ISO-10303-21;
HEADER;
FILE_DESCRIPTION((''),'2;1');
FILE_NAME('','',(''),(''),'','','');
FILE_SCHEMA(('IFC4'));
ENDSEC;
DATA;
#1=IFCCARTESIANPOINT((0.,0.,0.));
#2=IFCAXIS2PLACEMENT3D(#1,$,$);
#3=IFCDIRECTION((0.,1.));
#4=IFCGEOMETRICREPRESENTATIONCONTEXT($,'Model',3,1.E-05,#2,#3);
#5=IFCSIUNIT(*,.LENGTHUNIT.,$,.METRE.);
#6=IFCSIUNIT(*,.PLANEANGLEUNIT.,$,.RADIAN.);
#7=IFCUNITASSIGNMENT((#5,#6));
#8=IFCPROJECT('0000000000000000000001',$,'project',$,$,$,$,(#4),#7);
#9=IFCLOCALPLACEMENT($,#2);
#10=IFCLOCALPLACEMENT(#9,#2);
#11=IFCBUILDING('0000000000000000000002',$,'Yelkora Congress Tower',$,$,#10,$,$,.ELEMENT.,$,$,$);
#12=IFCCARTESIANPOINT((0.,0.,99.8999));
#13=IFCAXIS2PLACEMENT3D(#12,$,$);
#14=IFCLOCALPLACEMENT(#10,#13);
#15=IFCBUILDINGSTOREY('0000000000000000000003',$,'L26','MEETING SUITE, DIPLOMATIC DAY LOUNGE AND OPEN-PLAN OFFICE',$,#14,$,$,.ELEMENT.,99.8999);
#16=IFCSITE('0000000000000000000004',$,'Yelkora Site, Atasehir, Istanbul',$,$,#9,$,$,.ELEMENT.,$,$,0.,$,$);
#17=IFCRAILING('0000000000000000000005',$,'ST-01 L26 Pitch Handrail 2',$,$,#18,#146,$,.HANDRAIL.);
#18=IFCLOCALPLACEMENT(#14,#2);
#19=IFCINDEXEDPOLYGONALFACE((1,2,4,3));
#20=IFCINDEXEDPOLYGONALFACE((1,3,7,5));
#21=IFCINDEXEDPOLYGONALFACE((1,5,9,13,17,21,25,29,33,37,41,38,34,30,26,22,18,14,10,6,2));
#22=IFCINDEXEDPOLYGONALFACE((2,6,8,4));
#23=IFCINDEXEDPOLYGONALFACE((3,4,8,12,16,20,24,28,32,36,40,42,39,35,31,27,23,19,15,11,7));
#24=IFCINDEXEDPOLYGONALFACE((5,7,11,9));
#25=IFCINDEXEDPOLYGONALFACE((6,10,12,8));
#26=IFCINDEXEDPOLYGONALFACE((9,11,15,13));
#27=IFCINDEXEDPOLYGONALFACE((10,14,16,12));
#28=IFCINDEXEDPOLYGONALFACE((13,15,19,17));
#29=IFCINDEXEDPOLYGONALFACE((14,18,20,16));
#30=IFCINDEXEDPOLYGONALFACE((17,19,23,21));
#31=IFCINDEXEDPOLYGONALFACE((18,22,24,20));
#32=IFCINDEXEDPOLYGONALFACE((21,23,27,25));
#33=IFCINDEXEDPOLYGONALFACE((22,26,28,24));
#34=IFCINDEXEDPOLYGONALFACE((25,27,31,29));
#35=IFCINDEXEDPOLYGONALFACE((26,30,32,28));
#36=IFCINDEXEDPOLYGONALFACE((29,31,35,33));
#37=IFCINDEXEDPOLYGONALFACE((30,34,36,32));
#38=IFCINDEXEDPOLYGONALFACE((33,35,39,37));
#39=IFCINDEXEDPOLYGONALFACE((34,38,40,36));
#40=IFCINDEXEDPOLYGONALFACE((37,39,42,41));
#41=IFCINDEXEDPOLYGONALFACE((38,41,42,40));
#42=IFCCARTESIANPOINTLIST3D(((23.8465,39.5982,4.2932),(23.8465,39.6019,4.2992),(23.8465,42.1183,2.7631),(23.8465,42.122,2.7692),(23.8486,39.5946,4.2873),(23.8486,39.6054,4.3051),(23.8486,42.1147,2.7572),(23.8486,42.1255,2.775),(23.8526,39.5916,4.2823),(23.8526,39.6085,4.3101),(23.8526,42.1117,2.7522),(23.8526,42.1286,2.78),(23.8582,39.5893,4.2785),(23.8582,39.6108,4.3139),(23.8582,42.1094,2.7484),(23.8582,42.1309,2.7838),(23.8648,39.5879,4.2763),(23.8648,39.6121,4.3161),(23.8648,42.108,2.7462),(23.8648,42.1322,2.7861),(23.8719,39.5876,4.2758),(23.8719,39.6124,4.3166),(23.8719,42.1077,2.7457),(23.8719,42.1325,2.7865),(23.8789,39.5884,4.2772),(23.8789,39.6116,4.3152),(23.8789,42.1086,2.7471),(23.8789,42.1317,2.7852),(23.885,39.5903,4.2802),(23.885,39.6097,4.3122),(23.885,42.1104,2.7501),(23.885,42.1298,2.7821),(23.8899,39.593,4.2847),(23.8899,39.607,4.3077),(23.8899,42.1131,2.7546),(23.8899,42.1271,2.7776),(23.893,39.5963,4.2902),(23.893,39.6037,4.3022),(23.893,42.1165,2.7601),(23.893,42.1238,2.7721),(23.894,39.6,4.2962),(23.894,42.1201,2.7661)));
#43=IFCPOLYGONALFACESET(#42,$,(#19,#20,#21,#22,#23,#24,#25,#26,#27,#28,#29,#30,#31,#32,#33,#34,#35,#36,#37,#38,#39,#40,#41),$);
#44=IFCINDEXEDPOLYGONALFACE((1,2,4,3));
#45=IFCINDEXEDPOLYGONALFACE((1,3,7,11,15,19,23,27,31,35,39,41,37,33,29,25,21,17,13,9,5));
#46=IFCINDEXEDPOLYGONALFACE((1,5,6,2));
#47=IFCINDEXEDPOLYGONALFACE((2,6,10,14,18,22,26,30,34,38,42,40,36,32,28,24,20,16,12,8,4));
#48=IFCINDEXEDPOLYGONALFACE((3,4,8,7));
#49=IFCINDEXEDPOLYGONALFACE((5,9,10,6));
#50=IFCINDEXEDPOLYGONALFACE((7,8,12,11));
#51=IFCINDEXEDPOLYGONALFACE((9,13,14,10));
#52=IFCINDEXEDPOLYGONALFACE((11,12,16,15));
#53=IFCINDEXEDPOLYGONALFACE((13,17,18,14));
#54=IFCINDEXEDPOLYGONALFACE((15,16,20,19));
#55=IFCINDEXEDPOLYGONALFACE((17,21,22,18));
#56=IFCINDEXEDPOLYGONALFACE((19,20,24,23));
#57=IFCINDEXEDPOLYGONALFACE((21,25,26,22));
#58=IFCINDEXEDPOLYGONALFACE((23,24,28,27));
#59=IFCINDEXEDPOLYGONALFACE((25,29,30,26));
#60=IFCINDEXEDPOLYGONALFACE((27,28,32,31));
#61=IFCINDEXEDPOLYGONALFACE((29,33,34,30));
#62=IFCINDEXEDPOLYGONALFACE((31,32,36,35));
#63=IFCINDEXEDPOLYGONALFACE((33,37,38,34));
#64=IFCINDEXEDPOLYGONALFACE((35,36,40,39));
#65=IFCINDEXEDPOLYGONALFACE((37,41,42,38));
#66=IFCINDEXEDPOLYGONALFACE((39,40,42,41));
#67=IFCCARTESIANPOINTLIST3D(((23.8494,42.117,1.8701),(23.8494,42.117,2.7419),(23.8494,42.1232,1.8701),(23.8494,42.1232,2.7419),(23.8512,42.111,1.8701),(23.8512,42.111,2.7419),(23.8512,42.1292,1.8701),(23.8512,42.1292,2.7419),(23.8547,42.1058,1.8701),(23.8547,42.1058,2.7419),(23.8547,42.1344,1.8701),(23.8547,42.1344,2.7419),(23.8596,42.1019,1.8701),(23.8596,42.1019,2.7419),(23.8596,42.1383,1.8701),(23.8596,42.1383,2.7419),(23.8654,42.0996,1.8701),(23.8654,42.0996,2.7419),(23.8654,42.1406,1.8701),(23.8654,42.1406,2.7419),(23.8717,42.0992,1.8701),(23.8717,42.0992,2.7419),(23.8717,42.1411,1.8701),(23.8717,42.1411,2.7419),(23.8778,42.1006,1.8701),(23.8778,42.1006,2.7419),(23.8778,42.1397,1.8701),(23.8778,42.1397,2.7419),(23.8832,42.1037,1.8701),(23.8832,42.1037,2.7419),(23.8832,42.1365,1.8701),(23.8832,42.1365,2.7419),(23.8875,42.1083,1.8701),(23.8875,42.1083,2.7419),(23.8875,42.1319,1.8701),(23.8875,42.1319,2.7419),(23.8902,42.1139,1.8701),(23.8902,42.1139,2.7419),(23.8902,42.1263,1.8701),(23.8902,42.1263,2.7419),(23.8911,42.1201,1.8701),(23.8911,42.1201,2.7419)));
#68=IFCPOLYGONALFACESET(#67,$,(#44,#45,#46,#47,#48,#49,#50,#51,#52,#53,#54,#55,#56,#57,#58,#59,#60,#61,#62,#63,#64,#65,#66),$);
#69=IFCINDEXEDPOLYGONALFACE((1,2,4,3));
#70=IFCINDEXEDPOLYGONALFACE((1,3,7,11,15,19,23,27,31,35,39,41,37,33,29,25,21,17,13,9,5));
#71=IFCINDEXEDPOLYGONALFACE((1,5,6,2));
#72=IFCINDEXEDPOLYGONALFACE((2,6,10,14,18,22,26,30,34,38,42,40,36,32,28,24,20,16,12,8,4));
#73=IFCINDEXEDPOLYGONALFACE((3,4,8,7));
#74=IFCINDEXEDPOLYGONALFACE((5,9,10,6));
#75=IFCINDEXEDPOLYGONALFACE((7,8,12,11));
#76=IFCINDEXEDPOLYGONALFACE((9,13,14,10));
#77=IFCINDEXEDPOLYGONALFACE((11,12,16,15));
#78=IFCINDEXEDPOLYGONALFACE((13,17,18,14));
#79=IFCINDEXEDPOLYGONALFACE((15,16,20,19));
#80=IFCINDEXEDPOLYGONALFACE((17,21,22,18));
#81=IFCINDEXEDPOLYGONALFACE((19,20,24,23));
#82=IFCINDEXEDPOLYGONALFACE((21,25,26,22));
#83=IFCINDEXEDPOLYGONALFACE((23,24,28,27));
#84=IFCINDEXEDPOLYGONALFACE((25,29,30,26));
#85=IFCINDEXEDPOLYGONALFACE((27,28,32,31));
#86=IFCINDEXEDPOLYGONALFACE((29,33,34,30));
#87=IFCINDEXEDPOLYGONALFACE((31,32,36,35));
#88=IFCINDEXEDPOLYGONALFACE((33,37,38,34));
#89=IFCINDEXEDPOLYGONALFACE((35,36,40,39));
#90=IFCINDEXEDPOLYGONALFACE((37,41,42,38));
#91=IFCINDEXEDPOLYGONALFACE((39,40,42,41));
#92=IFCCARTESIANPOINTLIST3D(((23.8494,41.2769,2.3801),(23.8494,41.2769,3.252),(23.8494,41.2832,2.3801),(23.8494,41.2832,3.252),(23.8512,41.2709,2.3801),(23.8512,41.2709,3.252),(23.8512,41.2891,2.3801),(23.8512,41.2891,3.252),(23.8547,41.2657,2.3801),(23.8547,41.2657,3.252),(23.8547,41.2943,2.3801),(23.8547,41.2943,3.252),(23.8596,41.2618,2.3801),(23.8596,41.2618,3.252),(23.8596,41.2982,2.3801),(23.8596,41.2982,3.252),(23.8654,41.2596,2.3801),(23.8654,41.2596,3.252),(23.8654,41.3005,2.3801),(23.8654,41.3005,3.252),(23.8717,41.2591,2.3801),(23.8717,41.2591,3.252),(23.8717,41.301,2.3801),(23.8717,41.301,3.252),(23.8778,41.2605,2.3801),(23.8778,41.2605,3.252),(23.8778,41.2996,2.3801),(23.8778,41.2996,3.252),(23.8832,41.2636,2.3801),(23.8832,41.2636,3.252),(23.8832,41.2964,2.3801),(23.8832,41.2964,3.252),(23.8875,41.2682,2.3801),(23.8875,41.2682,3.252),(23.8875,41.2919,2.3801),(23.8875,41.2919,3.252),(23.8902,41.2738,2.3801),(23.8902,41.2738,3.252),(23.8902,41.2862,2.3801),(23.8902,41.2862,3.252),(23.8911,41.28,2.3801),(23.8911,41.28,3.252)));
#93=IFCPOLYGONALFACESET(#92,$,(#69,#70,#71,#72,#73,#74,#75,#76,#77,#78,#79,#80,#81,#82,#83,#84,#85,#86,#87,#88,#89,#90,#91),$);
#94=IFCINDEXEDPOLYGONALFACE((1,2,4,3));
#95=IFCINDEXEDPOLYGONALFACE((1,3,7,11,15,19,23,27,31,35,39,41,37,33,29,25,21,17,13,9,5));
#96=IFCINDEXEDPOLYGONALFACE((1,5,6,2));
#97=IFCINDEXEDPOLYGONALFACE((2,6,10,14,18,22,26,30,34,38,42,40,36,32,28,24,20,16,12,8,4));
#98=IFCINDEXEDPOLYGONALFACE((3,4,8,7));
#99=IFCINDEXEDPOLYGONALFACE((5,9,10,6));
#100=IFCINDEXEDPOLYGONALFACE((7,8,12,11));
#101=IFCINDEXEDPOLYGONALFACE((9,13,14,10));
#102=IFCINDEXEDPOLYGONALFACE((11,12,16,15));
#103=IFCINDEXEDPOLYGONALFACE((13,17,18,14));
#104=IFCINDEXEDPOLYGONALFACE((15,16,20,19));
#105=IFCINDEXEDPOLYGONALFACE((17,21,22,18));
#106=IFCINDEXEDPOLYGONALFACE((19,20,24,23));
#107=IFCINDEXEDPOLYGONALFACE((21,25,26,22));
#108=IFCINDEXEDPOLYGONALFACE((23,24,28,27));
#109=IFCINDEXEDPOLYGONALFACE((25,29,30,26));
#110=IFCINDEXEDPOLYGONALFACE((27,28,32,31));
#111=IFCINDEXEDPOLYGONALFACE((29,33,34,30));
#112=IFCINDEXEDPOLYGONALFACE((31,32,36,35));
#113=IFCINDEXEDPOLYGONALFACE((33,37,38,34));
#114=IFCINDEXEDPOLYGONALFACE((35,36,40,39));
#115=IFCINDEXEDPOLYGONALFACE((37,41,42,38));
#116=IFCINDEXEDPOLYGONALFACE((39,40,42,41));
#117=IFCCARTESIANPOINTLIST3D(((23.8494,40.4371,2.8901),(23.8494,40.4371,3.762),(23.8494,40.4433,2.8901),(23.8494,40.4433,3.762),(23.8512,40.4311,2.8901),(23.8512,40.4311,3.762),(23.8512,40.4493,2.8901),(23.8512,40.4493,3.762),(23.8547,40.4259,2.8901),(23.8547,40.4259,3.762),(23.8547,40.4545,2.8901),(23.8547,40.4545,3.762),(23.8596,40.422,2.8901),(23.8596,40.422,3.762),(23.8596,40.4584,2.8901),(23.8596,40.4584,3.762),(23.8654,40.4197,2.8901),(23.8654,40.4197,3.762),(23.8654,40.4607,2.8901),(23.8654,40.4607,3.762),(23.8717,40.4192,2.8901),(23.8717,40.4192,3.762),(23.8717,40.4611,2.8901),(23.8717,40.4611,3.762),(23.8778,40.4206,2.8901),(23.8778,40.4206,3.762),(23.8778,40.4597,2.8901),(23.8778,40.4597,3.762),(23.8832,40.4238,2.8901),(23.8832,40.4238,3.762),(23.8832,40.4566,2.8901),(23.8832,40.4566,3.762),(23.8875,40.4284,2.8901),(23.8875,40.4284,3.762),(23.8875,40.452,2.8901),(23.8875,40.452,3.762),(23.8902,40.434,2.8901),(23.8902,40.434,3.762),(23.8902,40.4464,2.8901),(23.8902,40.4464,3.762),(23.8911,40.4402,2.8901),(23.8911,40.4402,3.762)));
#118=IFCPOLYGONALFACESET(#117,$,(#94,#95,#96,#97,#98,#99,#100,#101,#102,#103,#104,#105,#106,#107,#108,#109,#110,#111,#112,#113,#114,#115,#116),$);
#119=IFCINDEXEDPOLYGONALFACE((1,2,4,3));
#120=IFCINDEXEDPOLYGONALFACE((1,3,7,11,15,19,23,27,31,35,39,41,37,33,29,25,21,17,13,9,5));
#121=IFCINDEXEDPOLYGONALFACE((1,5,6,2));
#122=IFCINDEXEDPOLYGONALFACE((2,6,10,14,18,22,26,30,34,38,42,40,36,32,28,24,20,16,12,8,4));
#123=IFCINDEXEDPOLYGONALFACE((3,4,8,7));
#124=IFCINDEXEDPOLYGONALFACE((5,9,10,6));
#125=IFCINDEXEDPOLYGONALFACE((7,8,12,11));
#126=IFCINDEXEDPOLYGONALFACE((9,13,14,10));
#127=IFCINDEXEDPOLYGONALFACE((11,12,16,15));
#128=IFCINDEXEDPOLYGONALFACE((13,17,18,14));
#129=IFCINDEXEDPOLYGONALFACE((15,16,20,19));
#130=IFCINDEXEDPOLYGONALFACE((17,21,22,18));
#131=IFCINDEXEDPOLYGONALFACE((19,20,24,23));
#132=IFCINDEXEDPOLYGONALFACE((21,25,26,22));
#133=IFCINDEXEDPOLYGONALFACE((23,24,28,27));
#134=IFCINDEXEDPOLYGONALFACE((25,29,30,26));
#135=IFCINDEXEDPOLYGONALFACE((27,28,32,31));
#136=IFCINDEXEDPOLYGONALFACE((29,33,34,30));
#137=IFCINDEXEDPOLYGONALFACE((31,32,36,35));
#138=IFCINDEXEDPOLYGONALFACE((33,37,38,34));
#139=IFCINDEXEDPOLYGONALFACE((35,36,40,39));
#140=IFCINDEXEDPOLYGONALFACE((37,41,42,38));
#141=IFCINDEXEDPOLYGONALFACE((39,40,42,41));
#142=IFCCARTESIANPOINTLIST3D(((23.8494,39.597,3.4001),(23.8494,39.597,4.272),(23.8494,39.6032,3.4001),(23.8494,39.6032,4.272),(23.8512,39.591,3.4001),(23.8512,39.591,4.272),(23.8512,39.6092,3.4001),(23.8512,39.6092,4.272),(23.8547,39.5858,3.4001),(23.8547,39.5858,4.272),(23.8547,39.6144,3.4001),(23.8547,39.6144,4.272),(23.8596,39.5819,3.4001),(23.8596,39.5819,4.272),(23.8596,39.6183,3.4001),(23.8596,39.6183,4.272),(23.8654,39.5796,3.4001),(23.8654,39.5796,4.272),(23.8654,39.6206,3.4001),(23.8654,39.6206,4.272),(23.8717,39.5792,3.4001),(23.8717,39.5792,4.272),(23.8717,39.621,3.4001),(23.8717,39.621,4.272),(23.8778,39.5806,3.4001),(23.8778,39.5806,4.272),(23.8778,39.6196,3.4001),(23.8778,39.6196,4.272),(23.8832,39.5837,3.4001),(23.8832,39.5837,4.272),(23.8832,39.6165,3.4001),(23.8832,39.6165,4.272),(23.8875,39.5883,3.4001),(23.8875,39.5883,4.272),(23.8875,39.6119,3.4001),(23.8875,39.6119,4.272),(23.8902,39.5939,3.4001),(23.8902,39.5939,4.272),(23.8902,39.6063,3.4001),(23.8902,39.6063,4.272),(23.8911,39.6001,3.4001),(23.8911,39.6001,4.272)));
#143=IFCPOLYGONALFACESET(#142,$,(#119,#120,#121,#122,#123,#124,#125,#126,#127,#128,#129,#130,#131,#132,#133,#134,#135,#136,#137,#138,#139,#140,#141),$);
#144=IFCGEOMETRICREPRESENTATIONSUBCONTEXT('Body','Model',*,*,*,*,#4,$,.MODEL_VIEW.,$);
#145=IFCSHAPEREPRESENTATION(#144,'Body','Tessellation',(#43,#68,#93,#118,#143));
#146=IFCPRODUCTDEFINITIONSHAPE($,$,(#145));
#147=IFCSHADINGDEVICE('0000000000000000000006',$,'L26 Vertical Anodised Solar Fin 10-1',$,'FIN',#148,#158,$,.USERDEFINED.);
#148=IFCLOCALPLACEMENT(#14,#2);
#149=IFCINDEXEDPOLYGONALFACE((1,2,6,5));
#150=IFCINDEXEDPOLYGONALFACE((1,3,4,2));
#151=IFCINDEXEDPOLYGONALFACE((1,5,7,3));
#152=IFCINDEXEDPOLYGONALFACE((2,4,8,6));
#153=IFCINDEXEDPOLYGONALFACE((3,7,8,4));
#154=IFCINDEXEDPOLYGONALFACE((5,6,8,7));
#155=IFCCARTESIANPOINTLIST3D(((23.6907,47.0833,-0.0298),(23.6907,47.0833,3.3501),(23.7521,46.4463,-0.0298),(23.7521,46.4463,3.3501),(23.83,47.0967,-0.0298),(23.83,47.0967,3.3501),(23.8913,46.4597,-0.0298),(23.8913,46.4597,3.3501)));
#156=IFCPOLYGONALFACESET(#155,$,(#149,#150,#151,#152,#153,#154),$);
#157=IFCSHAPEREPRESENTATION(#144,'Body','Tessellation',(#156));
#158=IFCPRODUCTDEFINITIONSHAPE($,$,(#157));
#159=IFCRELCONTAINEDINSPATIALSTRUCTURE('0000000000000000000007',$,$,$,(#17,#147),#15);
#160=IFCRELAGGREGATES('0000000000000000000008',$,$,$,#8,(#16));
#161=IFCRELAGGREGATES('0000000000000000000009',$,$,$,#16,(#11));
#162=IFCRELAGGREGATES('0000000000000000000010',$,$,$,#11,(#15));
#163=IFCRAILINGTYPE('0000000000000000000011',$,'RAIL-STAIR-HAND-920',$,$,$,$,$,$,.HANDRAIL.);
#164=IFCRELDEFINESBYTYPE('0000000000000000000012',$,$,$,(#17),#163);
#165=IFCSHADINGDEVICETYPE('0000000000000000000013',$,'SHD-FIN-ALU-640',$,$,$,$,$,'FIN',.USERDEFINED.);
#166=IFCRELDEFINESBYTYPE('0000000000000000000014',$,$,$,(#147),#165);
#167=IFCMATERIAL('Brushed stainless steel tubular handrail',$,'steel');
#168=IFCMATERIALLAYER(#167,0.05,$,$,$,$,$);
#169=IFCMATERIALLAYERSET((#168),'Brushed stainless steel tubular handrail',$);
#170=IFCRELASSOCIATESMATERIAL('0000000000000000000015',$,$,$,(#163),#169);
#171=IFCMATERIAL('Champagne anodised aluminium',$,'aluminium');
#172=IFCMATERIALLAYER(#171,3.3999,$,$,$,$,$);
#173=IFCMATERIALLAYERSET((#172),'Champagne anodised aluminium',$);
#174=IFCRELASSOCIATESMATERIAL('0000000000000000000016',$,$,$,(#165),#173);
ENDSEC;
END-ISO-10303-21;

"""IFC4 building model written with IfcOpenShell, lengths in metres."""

from ifc_helpers import new_model, si_unit, direction, frame, origin, origin_2d, place, context, subcontext, project, spatial, rectangle, circle, extrude, material, layer, layer_set, type_object, element, save


model = new_model("IFC4")

# Units and contexts
model_context = context("Model", 3, precision=1e-05, world=origin(), true_north=direction((0.0, 1.0)))
body_context = subcontext(model_context, "Body", "Model", "MODEL_VIEW")
ifc_project = project(units=[si_unit("LENGTHUNIT", "METRE"), si_unit("PLANEANGLEUNIT", "RADIAN")], contexts=[model_context])

# Site, building, storey
site_placement = place(None, origin())
site = spatial("IfcSite", under=ifc_project, at=site_placement, Name="Yelkora Site, Atasehir, Istanbul", CompositionType="ELEMENT", RefElevation=0.0)
building_placement = place(site_placement, origin())
building = spatial("IfcBuilding", under=site, at=building_placement, Name="Yelkora Congress Tower", CompositionType="ELEMENT")
storey_placement = place(building_placement, frame((0.0, 0.0, 99.8999)))
storey = spatial("IfcBuildingStorey", under=building, at=storey_placement, Name="L26", Description="MEETING SUITE, DIPLOMATIC DAY LOUNGE AND OPEN-PLAN OFFICE", CompositionType="ELEMENT", Elevation=99.8999)

# Railing
ifc_material_1 = material(Name="Brushed stainless steel tubular handrail", Category="steel")
ifc_layer_1 = layer(ifc_material_1, 0.05)
ifc_layer_set_1 = layer_set([ifc_layer_1], Name="Brushed stainless steel tubular handrail")
railing_type_1 = type_object("IfcRailingType", Name="RAIL-STAIR-HAND-920", PredefinedType="HANDRAIL", material=ifc_layer_set_1)
railing_1_placement = place(storey_placement, frame((23.8701, 42.1201, 1.8701)))
element("IfcRailing", 1, at=railing_1_placement, inside=storey, type_object=railing_type_1, Name="ST-01 L26 Pitch Handrail 2", PredefinedType="HANDRAIL", context=body_context, shape_type="SweptSolid", body=[
    extrude(circle(Radius=0.0239, at=origin_2d()), frame((0.0, 0.0, 0.896), z_axis=(0.0, -0.854785, 0.518982), x_axis=(1.0, 0.0, 0.0)), (0.0, 0.0, 1.0), 2.9482),
    extrude(circle(Radius=0.021, at=origin_2d()), origin(), (0.0, 0.0, 1.0), 0.8718),
    extrude(circle(Radius=0.021, at=origin_2d()), frame((0.0, -0.8401, 0.51)), (0.0, 0.0, 1.0), 0.8718),
    extrude(circle(Radius=0.021, at=origin_2d()), frame((0.0, -1.6799, 1.02)), (0.0, 0.0, 1.0), 0.8718),
    extrude(circle(Radius=0.021, at=origin_2d()), frame((0.0, -2.52, 1.53)), (0.0, 0.0, 1.0), 0.8718),
])

# Shading device
ifc_material_2 = material(Name="Champagne anodised aluminium", Category="aluminium")
ifc_layer_2 = layer(ifc_material_2, 3.3999)
ifc_layer_set_2 = layer_set([ifc_layer_2], Name="Champagne anodised aluminium")
shading_device_type = type_object("IfcShadingDeviceType", Name="SHD-FIN-ALU-640", ElementType="FIN", PredefinedType="USERDEFINED", material=ifc_layer_set_2)
shading_device_placement = place(storey_placement, frame((23.791, 46.7715, -0.0298), z_axis=(0.0, 0.0, 1.0), x_axis=(0.995396, 0.095846, 0.0)))
element("IfcShadingDevice", 2, at=shading_device_placement, inside=storey, type_object=shading_device_type, Name="L26 Vertical Anodised Solar Fin 10-1", ObjectType="FIN", PredefinedType="USERDEFINED", context=body_context, shape_type="SweptSolid", body=[
    extrude(rectangle(XDim=0.1399, YDim=0.6399, at=origin_2d()), origin(), (0.0, 0.0, 1.0), 3.3799),
])

save(model, "model.ifc")
